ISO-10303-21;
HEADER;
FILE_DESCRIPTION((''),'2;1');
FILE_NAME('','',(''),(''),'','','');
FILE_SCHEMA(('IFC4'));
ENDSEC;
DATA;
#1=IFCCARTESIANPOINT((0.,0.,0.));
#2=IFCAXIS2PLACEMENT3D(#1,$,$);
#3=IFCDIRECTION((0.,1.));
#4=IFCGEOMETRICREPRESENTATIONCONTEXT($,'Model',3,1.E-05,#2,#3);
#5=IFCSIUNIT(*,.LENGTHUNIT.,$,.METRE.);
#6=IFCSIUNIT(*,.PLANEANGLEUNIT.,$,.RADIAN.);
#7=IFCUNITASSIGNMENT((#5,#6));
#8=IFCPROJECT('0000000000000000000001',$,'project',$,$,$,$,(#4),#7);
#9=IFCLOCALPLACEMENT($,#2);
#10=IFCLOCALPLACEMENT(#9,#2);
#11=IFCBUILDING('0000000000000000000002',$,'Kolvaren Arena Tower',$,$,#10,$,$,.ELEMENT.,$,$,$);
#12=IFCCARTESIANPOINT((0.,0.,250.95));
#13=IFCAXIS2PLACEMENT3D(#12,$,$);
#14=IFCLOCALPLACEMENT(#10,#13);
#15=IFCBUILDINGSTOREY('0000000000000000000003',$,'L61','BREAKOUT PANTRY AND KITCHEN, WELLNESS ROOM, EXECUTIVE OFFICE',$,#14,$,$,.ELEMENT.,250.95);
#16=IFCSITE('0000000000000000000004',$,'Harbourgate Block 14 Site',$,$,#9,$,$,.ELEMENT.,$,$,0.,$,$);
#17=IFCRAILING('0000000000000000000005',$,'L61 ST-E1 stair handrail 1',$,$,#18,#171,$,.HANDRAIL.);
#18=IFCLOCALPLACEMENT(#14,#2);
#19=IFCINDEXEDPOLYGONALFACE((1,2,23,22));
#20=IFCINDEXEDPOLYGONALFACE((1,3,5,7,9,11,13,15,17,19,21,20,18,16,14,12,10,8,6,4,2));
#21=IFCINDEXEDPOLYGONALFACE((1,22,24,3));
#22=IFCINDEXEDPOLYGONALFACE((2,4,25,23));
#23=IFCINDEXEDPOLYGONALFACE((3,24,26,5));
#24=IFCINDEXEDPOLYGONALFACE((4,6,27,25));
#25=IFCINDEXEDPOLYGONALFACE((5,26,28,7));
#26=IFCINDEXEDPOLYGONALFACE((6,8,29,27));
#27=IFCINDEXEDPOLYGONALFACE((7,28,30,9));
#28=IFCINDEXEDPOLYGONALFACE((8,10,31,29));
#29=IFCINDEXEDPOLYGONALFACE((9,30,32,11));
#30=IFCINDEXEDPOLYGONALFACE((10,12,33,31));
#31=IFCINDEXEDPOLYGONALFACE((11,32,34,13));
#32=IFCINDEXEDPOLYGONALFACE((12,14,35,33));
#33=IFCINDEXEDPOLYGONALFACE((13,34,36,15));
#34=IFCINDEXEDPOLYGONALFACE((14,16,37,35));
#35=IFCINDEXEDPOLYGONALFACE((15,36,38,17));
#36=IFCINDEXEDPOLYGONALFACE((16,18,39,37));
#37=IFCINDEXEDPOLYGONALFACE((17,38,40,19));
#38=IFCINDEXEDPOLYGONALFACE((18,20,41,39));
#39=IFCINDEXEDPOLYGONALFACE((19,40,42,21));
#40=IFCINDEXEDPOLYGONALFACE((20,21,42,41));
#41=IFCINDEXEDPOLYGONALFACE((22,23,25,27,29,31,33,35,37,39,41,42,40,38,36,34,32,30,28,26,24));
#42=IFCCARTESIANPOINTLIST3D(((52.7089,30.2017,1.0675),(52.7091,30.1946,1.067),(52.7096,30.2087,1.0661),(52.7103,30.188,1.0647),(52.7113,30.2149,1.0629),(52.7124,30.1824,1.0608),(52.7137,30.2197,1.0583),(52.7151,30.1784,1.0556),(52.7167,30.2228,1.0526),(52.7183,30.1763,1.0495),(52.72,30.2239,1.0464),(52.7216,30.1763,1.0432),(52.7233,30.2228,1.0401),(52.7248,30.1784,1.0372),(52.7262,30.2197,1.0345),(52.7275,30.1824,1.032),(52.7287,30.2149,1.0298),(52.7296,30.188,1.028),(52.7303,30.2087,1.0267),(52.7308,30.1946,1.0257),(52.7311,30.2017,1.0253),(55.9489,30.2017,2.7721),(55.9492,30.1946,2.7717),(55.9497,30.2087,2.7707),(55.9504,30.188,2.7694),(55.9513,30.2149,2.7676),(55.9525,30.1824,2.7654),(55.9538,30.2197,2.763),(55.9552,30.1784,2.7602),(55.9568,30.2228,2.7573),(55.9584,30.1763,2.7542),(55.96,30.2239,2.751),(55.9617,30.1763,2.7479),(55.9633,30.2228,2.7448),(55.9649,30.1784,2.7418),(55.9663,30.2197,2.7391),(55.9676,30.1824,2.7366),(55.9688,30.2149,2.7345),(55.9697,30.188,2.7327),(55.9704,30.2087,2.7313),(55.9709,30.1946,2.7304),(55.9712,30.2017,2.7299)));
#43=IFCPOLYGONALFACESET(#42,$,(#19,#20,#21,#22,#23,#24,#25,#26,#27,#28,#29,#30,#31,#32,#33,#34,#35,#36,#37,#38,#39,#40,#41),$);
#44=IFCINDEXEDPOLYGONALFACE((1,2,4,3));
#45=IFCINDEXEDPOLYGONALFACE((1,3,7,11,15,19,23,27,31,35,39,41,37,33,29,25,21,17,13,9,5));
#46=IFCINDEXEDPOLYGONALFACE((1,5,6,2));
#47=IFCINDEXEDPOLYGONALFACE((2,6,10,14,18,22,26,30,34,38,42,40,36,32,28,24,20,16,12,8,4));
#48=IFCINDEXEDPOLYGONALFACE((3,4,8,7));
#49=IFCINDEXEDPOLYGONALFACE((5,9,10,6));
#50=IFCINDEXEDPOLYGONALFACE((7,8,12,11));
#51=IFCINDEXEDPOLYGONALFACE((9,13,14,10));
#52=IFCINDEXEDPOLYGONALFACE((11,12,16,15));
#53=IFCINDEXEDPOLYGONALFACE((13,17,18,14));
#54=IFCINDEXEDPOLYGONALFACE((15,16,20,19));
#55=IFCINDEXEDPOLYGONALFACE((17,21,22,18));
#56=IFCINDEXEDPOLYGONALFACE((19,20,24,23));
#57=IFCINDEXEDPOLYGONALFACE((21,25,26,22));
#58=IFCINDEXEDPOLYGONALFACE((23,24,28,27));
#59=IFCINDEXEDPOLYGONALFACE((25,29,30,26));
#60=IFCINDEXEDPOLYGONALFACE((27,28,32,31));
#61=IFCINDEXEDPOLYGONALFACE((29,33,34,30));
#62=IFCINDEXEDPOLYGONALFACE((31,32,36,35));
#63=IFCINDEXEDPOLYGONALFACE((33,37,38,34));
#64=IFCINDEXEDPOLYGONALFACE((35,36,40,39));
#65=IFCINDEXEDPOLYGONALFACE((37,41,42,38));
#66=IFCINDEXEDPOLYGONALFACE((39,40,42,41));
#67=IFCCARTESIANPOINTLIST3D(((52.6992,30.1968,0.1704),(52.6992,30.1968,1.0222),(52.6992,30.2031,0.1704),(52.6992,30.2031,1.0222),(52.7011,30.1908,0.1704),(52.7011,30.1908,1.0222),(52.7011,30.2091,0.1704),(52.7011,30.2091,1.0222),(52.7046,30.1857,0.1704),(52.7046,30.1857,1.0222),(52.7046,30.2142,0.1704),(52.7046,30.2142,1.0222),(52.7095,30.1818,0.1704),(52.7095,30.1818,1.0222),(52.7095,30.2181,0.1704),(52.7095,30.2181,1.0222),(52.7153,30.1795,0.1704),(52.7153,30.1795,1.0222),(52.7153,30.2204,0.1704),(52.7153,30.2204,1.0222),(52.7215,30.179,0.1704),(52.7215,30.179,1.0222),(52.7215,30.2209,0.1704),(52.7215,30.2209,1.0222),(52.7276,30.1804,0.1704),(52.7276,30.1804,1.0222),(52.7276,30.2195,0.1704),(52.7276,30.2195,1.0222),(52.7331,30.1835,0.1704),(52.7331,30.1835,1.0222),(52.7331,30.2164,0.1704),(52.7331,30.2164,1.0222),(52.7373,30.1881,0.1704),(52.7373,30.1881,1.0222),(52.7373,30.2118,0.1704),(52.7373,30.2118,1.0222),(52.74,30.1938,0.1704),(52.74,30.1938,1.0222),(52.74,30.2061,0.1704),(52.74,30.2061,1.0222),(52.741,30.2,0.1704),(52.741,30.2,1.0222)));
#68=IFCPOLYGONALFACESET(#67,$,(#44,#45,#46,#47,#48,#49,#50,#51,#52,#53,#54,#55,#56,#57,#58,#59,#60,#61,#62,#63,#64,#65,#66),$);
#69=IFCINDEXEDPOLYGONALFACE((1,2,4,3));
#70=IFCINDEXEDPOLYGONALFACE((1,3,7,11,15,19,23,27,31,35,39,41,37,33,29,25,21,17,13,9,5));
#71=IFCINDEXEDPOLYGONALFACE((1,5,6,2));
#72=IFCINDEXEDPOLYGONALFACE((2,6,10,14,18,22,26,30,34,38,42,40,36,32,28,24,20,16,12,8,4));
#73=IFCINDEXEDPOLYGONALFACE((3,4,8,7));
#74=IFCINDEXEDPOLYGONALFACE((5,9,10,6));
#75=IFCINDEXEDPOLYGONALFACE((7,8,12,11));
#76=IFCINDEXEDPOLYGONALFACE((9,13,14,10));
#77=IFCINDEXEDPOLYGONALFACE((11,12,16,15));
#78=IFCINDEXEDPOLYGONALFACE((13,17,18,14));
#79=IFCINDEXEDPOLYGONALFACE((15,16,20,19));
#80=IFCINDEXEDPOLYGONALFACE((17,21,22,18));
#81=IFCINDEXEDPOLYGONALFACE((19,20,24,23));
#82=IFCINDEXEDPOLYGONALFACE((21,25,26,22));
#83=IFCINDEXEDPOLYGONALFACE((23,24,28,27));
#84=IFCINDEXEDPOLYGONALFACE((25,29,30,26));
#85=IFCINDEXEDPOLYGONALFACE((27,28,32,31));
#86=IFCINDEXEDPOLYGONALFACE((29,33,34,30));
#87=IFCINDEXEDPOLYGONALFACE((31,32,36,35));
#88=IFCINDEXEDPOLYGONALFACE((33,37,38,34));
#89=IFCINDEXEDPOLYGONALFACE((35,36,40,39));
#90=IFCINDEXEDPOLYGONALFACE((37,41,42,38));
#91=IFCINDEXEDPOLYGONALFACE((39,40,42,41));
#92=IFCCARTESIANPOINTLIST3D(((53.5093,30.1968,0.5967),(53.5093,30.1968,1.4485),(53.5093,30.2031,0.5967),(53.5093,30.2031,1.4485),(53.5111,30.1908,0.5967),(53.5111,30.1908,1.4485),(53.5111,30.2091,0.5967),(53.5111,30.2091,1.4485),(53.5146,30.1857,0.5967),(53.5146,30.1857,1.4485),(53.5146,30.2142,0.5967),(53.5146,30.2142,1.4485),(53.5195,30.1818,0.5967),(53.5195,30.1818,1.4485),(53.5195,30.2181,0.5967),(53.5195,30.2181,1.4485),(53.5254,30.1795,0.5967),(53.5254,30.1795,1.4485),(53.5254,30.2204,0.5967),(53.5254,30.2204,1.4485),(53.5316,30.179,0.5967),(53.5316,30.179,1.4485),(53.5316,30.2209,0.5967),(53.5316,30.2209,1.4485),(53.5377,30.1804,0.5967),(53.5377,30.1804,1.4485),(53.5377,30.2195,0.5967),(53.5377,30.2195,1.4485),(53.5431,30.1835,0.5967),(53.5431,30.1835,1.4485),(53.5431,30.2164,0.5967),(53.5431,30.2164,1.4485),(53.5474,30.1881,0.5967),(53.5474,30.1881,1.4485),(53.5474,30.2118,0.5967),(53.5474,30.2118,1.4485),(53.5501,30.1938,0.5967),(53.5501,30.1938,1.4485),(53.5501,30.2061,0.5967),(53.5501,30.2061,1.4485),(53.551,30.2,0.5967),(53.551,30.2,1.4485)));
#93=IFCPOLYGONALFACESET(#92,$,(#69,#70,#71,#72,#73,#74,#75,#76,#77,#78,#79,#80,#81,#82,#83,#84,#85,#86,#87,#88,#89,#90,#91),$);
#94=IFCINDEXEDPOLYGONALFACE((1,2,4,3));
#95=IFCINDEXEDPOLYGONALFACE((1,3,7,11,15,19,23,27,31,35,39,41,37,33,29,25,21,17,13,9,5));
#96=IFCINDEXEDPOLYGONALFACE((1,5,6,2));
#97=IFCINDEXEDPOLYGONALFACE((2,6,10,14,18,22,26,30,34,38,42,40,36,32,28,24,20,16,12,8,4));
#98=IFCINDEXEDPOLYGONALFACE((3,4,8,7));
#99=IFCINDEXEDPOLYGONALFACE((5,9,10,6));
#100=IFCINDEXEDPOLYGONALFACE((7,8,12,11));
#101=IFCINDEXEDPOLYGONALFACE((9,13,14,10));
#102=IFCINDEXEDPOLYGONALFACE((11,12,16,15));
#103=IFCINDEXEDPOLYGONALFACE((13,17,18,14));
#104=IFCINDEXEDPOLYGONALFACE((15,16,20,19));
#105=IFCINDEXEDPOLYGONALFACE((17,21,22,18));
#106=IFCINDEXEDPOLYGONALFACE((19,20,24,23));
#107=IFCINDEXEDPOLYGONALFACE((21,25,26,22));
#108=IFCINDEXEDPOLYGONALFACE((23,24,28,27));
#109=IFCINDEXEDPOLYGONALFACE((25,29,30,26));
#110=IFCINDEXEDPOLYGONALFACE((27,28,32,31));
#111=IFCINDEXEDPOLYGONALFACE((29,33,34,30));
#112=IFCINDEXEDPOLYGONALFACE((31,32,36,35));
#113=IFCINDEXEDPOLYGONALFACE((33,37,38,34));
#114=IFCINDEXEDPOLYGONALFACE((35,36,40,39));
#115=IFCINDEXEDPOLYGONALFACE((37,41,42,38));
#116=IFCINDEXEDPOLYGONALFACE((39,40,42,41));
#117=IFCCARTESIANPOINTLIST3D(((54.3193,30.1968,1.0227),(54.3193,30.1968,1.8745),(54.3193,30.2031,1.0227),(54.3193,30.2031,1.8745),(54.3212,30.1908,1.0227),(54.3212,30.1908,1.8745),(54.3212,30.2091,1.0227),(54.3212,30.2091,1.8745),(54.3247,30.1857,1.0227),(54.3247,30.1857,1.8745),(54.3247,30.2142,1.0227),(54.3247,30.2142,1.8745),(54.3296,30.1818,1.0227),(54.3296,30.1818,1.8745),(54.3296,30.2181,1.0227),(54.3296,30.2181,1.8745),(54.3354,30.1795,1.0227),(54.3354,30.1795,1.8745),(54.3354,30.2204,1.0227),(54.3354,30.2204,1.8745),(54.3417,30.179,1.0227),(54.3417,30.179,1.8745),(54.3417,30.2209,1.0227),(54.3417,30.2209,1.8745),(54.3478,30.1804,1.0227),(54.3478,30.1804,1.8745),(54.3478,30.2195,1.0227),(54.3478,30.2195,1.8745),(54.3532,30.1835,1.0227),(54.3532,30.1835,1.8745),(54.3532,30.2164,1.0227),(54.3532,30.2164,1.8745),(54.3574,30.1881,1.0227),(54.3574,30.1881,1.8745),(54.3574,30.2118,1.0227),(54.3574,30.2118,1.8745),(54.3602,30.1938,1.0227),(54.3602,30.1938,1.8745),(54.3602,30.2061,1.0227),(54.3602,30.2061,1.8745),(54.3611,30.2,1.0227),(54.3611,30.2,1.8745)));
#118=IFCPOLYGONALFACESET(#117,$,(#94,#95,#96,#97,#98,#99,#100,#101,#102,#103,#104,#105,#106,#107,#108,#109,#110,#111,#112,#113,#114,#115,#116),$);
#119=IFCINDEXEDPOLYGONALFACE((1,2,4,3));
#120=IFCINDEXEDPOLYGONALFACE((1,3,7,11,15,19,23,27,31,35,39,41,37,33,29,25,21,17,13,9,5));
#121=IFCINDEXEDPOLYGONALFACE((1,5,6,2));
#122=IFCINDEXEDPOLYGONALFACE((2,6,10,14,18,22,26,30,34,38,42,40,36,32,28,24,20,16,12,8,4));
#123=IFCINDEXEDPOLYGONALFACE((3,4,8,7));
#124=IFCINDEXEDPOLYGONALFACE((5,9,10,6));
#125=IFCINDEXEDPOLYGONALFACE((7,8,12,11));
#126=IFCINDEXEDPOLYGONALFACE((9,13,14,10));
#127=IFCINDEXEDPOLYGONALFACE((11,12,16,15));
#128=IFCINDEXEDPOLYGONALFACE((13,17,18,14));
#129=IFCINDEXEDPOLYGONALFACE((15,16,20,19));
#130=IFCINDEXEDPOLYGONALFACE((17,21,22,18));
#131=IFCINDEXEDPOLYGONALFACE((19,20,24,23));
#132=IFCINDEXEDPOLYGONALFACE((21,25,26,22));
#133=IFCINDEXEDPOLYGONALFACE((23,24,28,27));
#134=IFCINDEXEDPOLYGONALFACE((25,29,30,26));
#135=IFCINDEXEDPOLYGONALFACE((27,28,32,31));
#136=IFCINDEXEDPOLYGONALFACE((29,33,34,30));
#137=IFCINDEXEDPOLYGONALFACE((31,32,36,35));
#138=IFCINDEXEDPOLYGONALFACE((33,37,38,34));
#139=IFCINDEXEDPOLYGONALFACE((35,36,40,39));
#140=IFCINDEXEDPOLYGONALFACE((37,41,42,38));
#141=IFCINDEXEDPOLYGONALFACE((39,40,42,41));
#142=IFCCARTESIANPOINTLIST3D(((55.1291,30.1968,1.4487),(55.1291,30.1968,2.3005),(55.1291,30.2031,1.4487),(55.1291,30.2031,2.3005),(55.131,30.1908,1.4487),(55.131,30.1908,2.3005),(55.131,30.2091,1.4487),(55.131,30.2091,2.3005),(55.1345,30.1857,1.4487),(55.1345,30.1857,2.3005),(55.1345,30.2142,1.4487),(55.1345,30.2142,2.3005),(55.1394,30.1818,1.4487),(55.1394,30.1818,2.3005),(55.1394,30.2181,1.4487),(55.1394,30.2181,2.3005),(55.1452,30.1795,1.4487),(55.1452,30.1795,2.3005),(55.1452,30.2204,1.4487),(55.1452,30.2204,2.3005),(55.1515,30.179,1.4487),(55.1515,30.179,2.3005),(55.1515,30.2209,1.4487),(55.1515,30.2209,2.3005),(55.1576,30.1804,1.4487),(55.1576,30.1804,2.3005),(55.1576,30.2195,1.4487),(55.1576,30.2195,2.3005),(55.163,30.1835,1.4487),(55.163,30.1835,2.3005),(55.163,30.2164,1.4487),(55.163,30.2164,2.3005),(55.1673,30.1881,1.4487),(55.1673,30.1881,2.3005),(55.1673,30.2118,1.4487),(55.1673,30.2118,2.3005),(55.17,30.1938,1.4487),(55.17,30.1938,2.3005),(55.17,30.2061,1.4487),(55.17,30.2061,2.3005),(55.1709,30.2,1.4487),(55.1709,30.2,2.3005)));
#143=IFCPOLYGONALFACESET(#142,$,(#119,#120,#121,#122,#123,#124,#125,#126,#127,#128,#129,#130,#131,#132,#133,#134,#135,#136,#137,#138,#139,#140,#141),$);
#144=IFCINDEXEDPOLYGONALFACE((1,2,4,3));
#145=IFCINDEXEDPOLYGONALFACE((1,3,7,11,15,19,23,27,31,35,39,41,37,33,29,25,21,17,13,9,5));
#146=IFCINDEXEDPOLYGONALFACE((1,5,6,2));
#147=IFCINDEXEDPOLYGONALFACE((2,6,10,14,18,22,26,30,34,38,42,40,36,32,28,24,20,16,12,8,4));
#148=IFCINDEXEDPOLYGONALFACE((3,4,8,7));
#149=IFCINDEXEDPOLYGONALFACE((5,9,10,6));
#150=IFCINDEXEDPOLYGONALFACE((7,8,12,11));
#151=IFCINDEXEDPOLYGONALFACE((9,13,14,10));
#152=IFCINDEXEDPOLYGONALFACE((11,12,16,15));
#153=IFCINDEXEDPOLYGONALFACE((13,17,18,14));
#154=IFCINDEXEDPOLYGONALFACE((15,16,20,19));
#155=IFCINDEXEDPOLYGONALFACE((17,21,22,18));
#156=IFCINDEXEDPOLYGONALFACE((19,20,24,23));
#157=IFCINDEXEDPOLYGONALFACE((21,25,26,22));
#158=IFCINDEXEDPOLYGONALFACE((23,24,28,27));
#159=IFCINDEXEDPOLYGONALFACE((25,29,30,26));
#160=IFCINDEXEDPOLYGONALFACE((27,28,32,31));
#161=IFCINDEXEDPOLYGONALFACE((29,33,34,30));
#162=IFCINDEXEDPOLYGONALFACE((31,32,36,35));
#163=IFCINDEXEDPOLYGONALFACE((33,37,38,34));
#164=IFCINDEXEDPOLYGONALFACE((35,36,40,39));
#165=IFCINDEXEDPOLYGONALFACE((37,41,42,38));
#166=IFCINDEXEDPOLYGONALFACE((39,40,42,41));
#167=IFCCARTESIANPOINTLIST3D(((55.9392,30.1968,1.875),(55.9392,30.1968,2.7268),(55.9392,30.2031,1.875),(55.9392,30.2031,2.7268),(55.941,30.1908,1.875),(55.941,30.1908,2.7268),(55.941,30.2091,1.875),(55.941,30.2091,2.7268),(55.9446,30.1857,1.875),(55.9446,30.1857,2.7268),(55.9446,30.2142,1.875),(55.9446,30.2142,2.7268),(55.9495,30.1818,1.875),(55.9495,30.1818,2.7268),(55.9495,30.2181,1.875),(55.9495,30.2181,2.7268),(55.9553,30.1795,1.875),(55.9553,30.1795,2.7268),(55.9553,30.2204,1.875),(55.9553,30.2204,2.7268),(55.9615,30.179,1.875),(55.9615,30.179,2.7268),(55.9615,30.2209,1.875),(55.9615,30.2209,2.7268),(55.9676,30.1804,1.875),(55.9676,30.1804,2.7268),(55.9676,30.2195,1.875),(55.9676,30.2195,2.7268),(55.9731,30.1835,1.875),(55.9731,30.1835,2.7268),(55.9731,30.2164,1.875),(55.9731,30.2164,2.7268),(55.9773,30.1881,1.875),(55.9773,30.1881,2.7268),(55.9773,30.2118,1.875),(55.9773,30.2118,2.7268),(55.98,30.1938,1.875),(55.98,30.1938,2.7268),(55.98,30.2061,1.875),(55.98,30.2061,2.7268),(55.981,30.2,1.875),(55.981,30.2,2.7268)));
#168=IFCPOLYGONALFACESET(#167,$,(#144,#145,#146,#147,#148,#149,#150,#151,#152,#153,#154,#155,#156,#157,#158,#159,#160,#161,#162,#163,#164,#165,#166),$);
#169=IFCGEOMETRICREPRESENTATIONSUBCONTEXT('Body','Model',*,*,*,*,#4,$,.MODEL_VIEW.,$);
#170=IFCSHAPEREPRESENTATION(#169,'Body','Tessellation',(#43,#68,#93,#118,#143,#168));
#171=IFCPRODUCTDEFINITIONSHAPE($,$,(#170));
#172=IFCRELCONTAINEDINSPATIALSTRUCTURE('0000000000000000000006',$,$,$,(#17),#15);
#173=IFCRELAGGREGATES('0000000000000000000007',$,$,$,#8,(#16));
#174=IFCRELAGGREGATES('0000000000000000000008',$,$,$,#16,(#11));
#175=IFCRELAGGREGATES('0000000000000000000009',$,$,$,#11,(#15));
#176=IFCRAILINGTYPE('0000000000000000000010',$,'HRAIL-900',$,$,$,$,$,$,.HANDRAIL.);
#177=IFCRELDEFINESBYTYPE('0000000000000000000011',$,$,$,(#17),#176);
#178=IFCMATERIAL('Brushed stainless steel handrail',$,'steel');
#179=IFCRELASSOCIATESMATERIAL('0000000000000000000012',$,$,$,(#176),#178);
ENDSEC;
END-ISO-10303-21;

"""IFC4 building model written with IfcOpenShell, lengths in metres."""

from ifc_helpers import new_model, si_unit, direction, frame, origin, origin_2d, place, context, subcontext, project, spatial, circle, extrude, material, type_object, element, save


model = new_model("IFC4")

# Units and contexts
model_context = context("Model", 3, precision=1e-05, world=origin(), true_north=direction((0.0, 1.0)))
body_context = subcontext(model_context, "Body", "Model", "MODEL_VIEW")
ifc_project = project(units=[si_unit("LENGTHUNIT", "METRE"), si_unit("PLANEANGLEUNIT", "RADIAN")], contexts=[model_context])

# Site, building, storey
site_placement = place(None, origin())
site = spatial("IfcSite", under=ifc_project, at=site_placement, Name="Harbourgate Block 14 Site", CompositionType="ELEMENT", RefElevation=0.0)
building_placement = place(site_placement, origin())
building = spatial("IfcBuilding", under=site, at=building_placement, Name="Kolvaren Arena Tower", CompositionType="ELEMENT")
storey_placement = place(building_placement, frame((0.0, 0.0, 250.95)))
storey = spatial("IfcBuildingStorey", under=building, at=storey_placement, Name="L61", Description="BREAKOUT PANTRY AND KITCHEN, WELLNESS ROOM, EXECUTIVE OFFICE", CompositionType="ELEMENT", Elevation=250.95)

# Railing
ifc_material_1 = material(Name="Brushed stainless steel handrail", Category="steel")
railing_type_1 = type_object("IfcRailingType", Name="HRAIL-900", PredefinedType="HANDRAIL", material=ifc_material_1)
for number, where, name in (
    (1, (52.72, 30.2, 0.1704), "L61 ST-E1 stair handrail 1"),
):
    element("IfcRailing", number, at=place(storey_placement, frame(where)), inside=storey, type_object=railing_type_1, Name=name, PredefinedType="HANDRAIL", context=body_context, shape_type="SweptSolid", body=[
        extrude(circle(Radius=0.0239, at=origin_2d()), frame((0.0, 0.0, 0.876), z_axis=(0.884993, 0.0, 0.465604), x_axis=(0.0, 1.0, 0.0)), (0.0, 0.0, 1.0), 3.6611),
        extrude(circle(Radius=0.021, at=origin_2d()), origin(), (0.0, 0.0, 1.0), 0.8518),
        extrude(circle(Radius=0.021, at=origin_2d()), frame((0.8101, 0.0, 0.4263)), (0.0, 0.0, 1.0), 0.8518),
        extrude(circle(Radius=0.021, at=origin_2d()), frame((1.6201, 0.0, 0.8523)), (0.0, 0.0, 1.0), 0.8518),
        extrude(circle(Radius=0.021, at=origin_2d()), frame((2.4299, 0.0, 1.2783)), (0.0, 0.0, 1.0), 0.8518),
        extrude(circle(Radius=0.021, at=origin_2d()), frame((3.24, 0.0, 1.7046)), (0.0, 0.0, 1.0), 0.8518),
    ])

save(model, "model.ifc")
